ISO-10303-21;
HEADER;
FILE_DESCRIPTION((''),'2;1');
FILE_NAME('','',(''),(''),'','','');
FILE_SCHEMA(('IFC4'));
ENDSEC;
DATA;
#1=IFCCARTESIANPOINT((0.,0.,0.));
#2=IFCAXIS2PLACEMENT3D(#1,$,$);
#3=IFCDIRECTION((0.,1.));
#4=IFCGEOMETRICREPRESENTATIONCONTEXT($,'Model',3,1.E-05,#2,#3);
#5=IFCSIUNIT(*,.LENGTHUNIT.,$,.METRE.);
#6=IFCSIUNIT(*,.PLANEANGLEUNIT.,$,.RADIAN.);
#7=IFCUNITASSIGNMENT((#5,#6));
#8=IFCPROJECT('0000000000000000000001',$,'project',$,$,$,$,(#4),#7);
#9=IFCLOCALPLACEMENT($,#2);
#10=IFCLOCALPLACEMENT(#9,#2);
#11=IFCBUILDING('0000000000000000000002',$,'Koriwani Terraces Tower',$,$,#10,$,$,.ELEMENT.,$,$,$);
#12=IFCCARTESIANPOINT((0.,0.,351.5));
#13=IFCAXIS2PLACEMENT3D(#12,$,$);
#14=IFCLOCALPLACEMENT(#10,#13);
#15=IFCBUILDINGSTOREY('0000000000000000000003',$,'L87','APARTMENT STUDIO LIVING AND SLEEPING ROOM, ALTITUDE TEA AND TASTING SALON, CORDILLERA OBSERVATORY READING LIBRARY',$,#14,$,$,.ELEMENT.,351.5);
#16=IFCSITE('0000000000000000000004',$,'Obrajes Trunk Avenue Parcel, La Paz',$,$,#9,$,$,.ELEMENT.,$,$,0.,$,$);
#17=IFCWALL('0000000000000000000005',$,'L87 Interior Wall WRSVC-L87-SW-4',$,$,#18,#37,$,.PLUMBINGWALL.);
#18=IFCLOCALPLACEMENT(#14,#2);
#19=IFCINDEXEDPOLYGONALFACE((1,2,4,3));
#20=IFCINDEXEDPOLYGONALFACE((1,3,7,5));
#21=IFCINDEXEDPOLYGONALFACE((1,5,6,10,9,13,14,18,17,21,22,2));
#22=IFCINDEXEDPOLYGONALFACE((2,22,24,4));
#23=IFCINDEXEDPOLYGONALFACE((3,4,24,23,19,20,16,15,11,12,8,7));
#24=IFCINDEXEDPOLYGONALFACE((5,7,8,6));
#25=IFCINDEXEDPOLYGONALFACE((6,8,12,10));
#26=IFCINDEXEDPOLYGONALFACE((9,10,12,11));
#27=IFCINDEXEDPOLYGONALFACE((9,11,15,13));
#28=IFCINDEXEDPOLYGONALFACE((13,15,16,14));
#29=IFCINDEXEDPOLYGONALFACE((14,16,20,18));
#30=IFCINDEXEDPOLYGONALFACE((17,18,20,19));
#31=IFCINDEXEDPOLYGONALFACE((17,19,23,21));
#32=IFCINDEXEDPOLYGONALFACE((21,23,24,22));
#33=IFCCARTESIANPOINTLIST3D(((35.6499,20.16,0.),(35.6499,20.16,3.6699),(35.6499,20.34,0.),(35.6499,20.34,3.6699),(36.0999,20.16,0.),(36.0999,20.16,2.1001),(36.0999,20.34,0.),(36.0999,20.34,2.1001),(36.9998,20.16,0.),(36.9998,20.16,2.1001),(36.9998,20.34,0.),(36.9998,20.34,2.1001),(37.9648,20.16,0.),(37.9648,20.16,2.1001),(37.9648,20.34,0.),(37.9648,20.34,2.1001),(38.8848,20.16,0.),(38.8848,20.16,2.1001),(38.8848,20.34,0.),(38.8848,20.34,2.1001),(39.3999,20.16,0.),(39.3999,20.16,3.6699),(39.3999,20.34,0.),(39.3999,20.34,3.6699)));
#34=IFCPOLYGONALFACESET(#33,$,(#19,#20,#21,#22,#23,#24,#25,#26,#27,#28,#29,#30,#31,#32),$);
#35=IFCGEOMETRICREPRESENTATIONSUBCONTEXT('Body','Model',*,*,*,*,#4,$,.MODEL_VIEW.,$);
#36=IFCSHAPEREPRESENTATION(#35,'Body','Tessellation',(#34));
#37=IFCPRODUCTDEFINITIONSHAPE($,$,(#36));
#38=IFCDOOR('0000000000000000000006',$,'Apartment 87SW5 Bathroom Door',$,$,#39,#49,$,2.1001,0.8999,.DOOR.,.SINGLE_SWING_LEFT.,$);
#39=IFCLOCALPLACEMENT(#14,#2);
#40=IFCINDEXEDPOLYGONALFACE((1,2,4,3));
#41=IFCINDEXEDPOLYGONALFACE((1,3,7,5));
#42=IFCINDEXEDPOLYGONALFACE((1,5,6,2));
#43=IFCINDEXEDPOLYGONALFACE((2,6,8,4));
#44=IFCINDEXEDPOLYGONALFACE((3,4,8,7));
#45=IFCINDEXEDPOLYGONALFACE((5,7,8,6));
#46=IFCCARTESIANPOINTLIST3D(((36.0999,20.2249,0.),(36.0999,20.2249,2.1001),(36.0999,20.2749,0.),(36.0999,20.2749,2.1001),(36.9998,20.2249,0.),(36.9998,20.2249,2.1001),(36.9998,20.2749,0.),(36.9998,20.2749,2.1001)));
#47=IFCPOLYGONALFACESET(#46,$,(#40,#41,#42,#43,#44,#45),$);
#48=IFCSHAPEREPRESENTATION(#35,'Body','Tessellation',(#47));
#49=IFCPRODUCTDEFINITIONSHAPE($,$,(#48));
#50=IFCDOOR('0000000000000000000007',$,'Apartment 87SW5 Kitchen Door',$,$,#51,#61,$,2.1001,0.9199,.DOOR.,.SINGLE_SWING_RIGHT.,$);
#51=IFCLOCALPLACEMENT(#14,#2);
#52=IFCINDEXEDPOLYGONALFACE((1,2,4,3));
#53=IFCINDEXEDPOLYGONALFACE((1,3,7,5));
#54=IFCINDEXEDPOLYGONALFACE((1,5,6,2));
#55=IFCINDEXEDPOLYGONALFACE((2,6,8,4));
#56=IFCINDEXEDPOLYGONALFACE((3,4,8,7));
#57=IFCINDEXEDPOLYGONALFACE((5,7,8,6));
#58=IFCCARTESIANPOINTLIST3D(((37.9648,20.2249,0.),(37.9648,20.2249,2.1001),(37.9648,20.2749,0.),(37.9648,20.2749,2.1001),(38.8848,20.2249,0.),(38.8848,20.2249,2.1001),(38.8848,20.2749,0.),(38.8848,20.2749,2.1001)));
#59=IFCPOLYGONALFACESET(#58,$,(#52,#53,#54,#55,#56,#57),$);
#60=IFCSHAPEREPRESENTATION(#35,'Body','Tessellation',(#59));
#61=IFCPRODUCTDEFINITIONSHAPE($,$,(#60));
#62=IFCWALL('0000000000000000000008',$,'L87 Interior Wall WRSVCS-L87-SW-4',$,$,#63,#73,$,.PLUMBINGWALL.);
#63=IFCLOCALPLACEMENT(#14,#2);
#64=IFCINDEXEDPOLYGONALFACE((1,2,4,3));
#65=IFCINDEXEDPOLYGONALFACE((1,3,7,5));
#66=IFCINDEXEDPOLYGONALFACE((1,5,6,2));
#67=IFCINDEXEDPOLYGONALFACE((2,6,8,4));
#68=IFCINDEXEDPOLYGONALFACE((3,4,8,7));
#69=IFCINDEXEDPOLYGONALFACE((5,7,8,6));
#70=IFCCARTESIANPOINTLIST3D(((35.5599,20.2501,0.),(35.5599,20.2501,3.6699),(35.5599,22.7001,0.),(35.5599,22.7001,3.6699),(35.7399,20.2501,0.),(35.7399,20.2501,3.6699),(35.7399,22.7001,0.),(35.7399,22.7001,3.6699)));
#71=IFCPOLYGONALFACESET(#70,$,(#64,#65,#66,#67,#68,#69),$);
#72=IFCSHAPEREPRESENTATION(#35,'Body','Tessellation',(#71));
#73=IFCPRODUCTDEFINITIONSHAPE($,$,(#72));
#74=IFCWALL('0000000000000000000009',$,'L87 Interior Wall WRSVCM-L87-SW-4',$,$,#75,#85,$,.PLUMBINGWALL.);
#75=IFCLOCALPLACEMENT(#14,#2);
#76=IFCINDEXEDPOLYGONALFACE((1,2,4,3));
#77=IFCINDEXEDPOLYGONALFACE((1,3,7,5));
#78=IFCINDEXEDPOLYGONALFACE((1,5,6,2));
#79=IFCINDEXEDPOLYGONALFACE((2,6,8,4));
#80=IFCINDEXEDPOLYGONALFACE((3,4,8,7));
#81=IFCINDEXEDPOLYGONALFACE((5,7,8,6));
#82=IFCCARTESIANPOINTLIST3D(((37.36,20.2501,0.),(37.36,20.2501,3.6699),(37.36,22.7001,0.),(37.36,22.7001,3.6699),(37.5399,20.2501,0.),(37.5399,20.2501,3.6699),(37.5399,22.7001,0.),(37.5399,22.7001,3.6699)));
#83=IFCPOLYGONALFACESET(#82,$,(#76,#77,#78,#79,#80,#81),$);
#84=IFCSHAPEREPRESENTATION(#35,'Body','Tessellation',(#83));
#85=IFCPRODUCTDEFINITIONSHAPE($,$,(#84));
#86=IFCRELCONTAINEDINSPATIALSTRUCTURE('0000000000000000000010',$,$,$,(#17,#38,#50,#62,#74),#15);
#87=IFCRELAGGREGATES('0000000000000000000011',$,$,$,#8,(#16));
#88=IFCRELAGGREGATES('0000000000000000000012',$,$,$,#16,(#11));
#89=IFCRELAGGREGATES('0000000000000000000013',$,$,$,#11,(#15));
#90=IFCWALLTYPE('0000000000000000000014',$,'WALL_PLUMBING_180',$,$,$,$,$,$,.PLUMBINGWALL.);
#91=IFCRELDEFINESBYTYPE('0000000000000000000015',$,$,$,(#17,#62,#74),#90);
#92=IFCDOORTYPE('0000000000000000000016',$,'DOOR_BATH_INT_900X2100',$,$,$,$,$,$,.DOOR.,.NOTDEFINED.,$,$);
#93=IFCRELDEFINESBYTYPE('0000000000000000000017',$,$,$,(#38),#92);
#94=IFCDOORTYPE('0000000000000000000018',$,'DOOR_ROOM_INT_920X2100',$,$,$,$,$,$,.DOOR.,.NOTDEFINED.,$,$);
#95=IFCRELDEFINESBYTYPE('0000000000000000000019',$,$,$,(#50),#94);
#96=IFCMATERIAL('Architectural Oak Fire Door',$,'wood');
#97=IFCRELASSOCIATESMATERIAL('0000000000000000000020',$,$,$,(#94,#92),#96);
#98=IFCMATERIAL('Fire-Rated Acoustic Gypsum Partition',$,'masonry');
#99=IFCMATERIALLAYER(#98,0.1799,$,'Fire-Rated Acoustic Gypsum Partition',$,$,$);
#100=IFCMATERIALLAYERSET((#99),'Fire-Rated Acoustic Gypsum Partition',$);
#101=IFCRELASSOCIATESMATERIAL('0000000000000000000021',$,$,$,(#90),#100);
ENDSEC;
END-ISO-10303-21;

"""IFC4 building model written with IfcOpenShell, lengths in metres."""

from ifc_helpers import new_model, si_unit, direction, frame, frame_2d, origin, place, context, subcontext, project, spatial, rectangle, extrude, material, layer, layer_set, type_object, element, fill, save


model = new_model("IFC4")

# Units and contexts
model_context = context("Model", 3, precision=1e-05, world=origin(), true_north=direction((0.0, 1.0)))
body_context = subcontext(model_context, "Body", "Model", "MODEL_VIEW")
ifc_project = project(units=[si_unit("LENGTHUNIT", "METRE"), si_unit("PLANEANGLEUNIT", "RADIAN")], contexts=[model_context])

# Site, building, storey
site_placement = place(None, origin())
site = spatial("IfcSite", under=ifc_project, at=site_placement, Name="Obrajes Trunk Avenue Parcel, La Paz", CompositionType="ELEMENT", RefElevation=0.0)
building_placement = place(site_placement, origin())
building = spatial("IfcBuilding", under=site, at=building_placement, Name="Koriwani Terraces Tower", CompositionType="ELEMENT")
storey_placement = place(building_placement, frame((0.0, 0.0, 351.5)))
storey = spatial("IfcBuildingStorey", under=building, at=storey_placement, Name="L87", Description="APARTMENT STUDIO LIVING AND SLEEPING ROOM, ALTITUDE TEA AND TASTING SALON, CORDILLERA OBSERVATORY READING LIBRARY", CompositionType="ELEMENT", Elevation=351.5)

# Shared definitions
ifc_material_1 = material(Name="Architectural Oak Fire Door", Category="wood")
door_type_1 = type_object("IfcDoorType", Name="DOOR_ROOM_INT_920X2100", OperationType="NOTDEFINED", PredefinedType="DOOR", material=ifc_material_1)

# Shared definitions
ifc_material_2 = material(Name="Fire-Rated Acoustic Gypsum Partition", Category="masonry")
ifc_layer_1 = layer(ifc_material_2, 0.1799, Name="Fire-Rated Acoustic Gypsum Partition")
ifc_layer_set_1 = layer_set([ifc_layer_1], Name="Fire-Rated Acoustic Gypsum Partition")
wall_type_1 = type_object("IfcWallType", Name="WALL_PLUMBING_180", PredefinedType="PLUMBINGWALL", material=ifc_layer_set_1)
door_type_2 = type_object("IfcDoorType", Name="DOOR_BATH_INT_900X2100", OperationType="NOTDEFINED", PredefinedType="DOOR", material=ifc_material_1)

# Wall, openings, doors
wall_1_placement = place(storey_placement, frame((35.6499, 20.25, 0.0), z_axis=(0.0, 0.0, 1.0), x_axis=(1.0, 0.0, 0.0)))
wall_1 = element("IfcWall", 1, at=wall_1_placement, inside=storey, type_object=wall_type_1, Name="L87 Interior Wall WRSVC-L87-SW-4", PredefinedType="PLUMBINGWALL", context=body_context, shape_type="SweptSolid", body=[
    extrude(rectangle(XDim=3.75, YDim=0.1799, at=frame_2d((1.875, 0.0))), origin(), (0.0, 0.0, 1.0), 3.6699),
])
opening_1_placement = place(wall_1_placement, frame((0.45, 0.0, 0.0)))
opening_1 = element("IfcOpeningElement", 2, at=opening_1_placement, cuts=wall_1, PredefinedType="OPENING", context=body_context, shape_type="SweptSolid", body=[
    extrude(rectangle(XDim=0.8999, YDim=2.1001, at=frame_2d((0.45, 1.05))), frame((0.0, 0.1001, 0.0), z_axis=(0.0, -1.0, 0.0), x_axis=(1.0, 0.0, 0.0)), (0.0, 0.0, 1.0), 0.2),
])
opening_2_placement = place(wall_1_placement, frame((2.3149, 0.0, 0.0)))
opening_2 = element("IfcOpeningElement", 3, at=opening_2_placement, cuts=wall_1, PredefinedType="OPENING", context=body_context, shape_type="SweptSolid", body=[
    extrude(rectangle(XDim=0.9199, YDim=2.1001, at=frame_2d((0.46, 1.05))), frame((0.0, 0.1001, 0.0), z_axis=(0.0, -1.0, 0.0), x_axis=(1.0, 0.0, 0.0)), (0.0, 0.0, 1.0), 0.2),
])
door_1_placement = place(opening_1_placement, origin())
door_1 = element("IfcDoor", 4, at=door_1_placement, inside=storey, type_object=door_type_2, Name="Apartment 87SW5 Bathroom Door", OperationType="SINGLE_SWING_LEFT", OverallHeight=2.1001, OverallWidth=0.8999, PredefinedType="DOOR", context=body_context, shape_type="SweptSolid", body=[
    extrude(rectangle(XDim=0.8999, YDim=2.1001, at=frame_2d((0.45, 1.05))), frame((0.0, 0.0249, 0.0), z_axis=(0.0, -1.0, 0.0), x_axis=(1.0, 0.0, 0.0)), (0.0, 0.0, 1.0), 0.05),
])
fill(opening_1, door_1)
door_2_placement = place(opening_2_placement, origin())
door_2 = element("IfcDoor", 5, at=door_2_placement, inside=storey, type_object=door_type_1, Name="Apartment 87SW5 Kitchen Door", OperationType="SINGLE_SWING_RIGHT", OverallHeight=2.1001, OverallWidth=0.9199, PredefinedType="DOOR", context=body_context, shape_type="SweptSolid", body=[
    extrude(rectangle(XDim=0.9199, YDim=2.1001, at=frame_2d((0.46, 1.05))), frame((0.0, 0.0249, 0.0), z_axis=(0.0, -1.0, 0.0), x_axis=(1.0, 0.0, 0.0)), (0.0, 0.0, 1.0), 0.05),
])
fill(opening_2, door_2)

# Walls
for number, where, z_axis, x_axis, name in (
    (6, (35.6499, 20.25, 0.0), (0.0, 0.0, 1.0), (0.0, 1.0, 0.0), "L87 Interior Wall WRSVCS-L87-SW-4"),
    (7, (37.45, 20.25, 0.0), (0.0, 0.0, 1.0), (0.0, 1.0, 0.0), "L87 Interior Wall WRSVCM-L87-SW-4"),
):
    element("IfcWall", number, at=place(storey_placement, frame(where, z_axis=z_axis, x_axis=x_axis)), inside=storey, type_object=wall_type_1, Name=name, PredefinedType="PLUMBINGWALL", context=body_context, shape_type="SweptSolid", body=[
        extrude(rectangle(XDim=2.45, YDim=0.1799, at=frame_2d((1.2251, 0.0))), origin(), (0.0, 0.0, 1.0), 3.6699),
    ])

save(model, "model.ifc")
